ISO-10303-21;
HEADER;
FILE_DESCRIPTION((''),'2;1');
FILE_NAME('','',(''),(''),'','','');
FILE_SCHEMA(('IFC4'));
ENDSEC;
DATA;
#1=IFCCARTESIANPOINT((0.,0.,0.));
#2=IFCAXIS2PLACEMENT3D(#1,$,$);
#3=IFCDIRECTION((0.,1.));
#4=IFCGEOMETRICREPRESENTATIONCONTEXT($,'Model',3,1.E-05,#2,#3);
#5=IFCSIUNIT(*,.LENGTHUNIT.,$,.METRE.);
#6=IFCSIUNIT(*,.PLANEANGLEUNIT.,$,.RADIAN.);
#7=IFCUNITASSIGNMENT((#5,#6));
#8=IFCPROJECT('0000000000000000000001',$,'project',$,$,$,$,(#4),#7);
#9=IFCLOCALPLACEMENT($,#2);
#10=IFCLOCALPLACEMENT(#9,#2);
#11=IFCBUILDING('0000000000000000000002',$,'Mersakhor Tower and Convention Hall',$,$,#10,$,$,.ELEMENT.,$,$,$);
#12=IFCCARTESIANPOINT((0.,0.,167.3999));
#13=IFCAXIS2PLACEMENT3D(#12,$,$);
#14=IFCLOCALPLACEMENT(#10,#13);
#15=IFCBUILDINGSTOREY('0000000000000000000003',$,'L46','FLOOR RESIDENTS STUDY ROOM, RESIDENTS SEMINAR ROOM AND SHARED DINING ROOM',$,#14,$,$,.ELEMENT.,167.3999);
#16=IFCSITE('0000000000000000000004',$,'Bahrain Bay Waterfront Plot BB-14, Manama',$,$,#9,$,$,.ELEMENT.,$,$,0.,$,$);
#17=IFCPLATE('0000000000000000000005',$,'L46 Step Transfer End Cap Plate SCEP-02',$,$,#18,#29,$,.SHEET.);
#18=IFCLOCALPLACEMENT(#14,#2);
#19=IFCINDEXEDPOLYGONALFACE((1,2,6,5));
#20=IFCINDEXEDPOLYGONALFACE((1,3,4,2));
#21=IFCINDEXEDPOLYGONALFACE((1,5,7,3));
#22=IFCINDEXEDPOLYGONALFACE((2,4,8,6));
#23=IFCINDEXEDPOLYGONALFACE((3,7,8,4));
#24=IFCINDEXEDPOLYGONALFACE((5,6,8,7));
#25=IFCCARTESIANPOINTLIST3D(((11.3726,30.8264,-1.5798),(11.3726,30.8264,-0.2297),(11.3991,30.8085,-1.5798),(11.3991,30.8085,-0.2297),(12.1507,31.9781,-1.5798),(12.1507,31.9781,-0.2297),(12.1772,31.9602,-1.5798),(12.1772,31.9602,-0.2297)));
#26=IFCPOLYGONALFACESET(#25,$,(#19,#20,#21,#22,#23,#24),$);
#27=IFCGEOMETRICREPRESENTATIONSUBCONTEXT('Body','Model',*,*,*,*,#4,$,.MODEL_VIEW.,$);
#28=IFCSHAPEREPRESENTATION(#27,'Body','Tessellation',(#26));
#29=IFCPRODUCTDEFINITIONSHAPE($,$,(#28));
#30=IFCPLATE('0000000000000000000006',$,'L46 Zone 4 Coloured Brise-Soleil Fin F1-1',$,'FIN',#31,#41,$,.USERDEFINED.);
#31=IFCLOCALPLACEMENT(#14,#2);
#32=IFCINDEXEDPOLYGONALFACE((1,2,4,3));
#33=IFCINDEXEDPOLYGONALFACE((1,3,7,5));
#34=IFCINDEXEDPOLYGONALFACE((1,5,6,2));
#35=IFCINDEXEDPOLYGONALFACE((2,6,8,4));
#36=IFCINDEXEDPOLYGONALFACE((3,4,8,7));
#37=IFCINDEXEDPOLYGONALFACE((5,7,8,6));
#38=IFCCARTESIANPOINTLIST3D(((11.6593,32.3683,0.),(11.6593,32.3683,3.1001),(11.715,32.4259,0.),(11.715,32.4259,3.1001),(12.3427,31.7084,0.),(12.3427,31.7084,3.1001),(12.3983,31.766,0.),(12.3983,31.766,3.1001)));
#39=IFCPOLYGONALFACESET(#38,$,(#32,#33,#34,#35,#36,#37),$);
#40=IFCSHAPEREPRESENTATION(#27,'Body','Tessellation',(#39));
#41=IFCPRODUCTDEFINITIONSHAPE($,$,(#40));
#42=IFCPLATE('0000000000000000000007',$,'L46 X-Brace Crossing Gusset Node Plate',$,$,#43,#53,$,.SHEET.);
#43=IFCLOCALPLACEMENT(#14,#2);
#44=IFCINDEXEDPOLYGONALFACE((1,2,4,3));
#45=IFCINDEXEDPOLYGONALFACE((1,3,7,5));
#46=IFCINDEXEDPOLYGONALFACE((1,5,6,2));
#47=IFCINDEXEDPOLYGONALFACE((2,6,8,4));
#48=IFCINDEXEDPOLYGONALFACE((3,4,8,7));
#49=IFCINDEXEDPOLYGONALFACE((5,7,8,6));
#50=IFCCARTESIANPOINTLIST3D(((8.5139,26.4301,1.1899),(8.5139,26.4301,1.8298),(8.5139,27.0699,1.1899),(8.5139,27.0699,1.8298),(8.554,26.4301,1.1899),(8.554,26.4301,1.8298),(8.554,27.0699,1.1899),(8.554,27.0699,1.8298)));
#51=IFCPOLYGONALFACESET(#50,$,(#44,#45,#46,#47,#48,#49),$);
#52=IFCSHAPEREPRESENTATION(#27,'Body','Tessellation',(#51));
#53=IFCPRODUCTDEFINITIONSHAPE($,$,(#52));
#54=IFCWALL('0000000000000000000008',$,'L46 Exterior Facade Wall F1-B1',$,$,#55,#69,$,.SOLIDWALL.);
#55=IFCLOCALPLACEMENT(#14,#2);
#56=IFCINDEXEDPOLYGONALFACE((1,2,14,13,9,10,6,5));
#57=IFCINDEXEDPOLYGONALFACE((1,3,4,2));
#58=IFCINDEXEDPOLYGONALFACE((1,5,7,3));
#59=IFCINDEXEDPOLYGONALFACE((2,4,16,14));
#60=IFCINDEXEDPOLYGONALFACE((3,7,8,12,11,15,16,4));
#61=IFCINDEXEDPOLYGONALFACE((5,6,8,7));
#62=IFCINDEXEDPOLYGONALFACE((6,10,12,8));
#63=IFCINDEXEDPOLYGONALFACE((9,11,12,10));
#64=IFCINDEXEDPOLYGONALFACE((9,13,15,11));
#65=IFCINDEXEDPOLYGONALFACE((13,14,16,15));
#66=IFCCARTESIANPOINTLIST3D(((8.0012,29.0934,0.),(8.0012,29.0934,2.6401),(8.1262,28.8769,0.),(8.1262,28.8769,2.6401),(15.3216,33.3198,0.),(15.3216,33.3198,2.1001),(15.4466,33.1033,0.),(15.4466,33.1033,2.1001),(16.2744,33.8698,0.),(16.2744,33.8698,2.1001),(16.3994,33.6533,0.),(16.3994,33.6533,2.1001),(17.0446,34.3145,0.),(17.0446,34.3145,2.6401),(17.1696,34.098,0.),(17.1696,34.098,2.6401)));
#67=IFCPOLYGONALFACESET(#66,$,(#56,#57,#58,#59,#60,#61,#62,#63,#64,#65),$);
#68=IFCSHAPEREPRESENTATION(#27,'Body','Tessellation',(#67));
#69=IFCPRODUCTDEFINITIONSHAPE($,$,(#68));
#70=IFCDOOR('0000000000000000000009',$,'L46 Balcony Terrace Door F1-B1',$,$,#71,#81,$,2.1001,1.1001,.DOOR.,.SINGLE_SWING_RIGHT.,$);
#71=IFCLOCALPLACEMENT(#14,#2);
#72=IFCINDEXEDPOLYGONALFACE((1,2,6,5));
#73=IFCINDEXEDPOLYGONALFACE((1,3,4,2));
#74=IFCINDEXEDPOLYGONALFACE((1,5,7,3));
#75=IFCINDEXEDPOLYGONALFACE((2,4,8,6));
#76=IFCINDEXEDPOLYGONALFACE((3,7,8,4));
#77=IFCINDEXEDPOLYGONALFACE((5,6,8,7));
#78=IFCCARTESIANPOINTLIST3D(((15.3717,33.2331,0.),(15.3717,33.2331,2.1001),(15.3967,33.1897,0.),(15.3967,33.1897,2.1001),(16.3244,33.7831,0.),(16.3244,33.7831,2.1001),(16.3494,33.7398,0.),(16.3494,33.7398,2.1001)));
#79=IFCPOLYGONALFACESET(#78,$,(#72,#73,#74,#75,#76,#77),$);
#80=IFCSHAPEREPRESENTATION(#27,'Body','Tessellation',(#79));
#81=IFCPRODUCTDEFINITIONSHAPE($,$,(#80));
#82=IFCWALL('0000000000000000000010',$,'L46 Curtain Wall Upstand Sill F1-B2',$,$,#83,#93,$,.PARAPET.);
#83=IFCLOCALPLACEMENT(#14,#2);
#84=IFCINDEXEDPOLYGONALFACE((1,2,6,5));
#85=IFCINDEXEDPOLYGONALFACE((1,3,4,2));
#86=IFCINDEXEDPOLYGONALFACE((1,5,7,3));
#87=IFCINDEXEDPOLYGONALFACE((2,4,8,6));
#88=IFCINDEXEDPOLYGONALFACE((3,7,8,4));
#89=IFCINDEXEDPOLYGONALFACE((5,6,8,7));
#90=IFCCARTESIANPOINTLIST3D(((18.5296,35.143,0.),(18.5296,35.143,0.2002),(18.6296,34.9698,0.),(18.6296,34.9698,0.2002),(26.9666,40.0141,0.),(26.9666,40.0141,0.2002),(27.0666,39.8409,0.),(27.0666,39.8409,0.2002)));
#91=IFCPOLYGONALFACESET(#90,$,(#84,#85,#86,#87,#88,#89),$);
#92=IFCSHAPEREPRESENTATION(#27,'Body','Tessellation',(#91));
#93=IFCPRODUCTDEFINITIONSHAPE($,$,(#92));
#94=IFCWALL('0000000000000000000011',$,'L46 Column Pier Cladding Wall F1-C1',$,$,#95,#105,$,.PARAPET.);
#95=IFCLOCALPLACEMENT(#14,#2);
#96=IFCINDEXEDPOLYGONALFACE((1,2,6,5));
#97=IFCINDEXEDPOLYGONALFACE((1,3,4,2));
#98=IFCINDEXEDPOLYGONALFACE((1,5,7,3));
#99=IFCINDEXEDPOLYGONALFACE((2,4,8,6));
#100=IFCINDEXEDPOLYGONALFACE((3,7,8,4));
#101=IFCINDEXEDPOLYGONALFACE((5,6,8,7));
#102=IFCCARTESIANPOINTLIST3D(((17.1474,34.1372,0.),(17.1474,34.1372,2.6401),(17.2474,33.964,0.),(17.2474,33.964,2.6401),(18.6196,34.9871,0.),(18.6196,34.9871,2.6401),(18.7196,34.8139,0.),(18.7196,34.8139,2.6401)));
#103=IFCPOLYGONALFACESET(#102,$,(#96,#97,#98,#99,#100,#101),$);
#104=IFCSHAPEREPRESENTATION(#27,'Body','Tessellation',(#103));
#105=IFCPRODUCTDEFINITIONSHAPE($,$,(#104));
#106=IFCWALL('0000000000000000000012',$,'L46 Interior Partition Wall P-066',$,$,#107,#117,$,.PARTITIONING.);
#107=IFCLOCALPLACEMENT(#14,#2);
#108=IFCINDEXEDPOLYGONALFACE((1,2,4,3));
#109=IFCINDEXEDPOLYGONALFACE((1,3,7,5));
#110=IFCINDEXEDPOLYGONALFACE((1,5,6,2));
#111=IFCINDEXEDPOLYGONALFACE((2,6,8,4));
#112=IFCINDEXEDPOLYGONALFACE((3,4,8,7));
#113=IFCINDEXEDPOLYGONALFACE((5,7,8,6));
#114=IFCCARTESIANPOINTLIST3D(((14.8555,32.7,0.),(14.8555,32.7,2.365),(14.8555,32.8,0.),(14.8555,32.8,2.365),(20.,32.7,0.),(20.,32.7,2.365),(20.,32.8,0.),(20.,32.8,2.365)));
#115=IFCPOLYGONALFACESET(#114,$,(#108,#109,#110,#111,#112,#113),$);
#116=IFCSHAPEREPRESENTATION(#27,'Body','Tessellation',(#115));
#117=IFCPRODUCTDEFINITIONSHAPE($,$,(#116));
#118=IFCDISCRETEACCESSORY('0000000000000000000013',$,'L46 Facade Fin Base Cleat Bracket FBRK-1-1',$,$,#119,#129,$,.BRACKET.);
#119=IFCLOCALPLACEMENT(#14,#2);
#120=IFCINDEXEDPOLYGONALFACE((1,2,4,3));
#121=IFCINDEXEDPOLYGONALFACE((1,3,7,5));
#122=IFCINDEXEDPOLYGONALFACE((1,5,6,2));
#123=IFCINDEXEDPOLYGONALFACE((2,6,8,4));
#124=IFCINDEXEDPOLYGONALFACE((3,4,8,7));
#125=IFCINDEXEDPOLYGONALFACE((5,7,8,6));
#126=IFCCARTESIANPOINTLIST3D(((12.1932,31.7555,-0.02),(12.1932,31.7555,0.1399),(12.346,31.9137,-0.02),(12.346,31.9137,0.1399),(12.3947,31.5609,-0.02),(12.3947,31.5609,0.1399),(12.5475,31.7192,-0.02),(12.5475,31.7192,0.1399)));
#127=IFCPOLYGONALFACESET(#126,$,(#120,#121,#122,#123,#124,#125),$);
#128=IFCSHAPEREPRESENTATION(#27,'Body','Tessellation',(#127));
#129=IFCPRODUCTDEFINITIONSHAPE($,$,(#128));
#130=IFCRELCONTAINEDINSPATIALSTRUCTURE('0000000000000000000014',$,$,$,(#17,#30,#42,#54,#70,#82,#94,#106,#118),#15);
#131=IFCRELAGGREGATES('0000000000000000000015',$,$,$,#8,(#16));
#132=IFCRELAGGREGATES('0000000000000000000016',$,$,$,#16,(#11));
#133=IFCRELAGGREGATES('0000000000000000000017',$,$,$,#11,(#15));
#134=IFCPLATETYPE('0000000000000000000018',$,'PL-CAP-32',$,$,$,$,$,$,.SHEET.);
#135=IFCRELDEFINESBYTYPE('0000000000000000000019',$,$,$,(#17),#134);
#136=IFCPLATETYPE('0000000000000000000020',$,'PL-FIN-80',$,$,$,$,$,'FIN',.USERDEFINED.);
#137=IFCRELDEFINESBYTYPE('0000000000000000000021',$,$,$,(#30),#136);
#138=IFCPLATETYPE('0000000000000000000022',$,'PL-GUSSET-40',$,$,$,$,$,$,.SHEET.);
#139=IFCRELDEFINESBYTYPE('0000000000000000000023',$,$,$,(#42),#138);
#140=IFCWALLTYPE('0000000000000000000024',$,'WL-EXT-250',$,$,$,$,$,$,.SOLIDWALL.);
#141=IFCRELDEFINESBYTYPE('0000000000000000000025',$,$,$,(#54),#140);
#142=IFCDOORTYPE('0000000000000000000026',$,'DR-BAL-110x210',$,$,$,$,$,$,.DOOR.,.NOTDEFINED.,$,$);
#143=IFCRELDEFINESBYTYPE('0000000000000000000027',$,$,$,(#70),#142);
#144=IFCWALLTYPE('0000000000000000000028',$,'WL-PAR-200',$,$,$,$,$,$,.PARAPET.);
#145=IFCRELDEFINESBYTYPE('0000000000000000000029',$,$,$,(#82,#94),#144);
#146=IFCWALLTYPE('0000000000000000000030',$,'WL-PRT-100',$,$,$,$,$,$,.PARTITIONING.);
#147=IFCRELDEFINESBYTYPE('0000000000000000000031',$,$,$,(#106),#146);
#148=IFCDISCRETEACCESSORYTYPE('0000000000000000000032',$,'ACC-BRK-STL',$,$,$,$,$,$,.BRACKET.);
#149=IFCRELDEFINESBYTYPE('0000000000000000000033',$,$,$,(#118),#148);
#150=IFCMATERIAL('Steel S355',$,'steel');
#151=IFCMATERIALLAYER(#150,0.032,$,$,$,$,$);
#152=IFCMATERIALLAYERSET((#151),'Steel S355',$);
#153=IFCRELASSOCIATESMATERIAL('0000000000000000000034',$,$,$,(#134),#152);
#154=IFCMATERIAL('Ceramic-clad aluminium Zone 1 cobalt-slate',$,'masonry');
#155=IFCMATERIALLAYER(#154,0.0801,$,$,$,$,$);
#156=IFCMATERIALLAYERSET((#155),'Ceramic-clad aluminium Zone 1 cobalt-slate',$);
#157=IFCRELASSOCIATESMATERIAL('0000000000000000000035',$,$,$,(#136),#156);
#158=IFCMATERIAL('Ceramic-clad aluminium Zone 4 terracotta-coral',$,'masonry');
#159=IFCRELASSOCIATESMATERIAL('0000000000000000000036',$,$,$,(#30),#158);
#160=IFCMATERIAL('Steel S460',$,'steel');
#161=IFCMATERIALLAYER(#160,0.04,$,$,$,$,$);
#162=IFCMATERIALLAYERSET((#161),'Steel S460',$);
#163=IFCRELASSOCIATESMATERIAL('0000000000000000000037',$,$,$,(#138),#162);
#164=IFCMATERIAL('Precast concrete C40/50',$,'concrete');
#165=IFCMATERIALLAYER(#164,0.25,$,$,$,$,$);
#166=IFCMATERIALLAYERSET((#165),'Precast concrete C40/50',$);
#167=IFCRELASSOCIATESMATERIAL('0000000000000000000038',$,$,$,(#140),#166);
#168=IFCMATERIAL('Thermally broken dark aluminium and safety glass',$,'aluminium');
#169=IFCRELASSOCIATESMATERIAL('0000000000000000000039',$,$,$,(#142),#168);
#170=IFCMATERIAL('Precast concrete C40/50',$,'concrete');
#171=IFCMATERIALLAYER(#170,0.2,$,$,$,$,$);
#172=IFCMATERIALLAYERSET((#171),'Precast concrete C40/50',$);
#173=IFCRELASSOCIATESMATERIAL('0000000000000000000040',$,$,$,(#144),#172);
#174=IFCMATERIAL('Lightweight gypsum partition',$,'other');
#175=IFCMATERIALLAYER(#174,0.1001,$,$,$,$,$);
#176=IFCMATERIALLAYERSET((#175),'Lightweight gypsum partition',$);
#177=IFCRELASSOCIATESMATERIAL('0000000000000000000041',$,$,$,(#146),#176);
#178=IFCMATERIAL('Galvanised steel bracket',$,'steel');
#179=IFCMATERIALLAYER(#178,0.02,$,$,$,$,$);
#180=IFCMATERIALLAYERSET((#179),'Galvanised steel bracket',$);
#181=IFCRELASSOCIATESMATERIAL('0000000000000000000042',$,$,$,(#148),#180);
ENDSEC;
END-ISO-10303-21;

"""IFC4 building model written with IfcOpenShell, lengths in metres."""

from ifc_helpers import new_model, si_unit, direction, frame, frame_2d, origin, origin_2d, place, context, subcontext, project, spatial, rectangle, extrude, material, layer, layer_set, type_object, element, fill, save


model = new_model("IFC4")

# Units and contexts
model_context = context("Model", 3, precision=1e-05, world=origin(), true_north=direction((0.0, 1.0)))
body_context = subcontext(model_context, "Body", "Model", "MODEL_VIEW")
ifc_project = project(units=[si_unit("LENGTHUNIT", "METRE"), si_unit("PLANEANGLEUNIT", "RADIAN")], contexts=[model_context])

# Site, building, storey
site_placement = place(None, origin())
site = spatial("IfcSite", under=ifc_project, at=site_placement, Name="Bahrain Bay Waterfront Plot BB-14, Manama", CompositionType="ELEMENT", RefElevation=0.0)
building_placement = place(site_placement, origin())
building = spatial("IfcBuilding", under=site, at=building_placement, Name="Mersakhor Tower and Convention Hall", CompositionType="ELEMENT")
storey_placement = place(building_placement, frame((0.0, 0.0, 167.3999)))
storey = spatial("IfcBuildingStorey", under=building, at=storey_placement, Name="L46", Description="FLOOR RESIDENTS STUDY ROOM, RESIDENTS SEMINAR ROOM AND SHARED DINING ROOM", CompositionType="ELEMENT", Elevation=167.3999)

# Plates
ifc_material_1 = material(Name="Steel S355", Category="steel")
ifc_layer_1 = layer(ifc_material_1, 0.032)
ifc_layer_set_1 = layer_set([ifc_layer_1], Name="Steel S355")
plate_type_1 = type_object("IfcPlateType", Name="PL-CAP-32", PredefinedType="SHEET", material=ifc_layer_set_1)
plate_1_placement = place(storey_placement, frame((11.7749, 31.3933, -1.5798), z_axis=(0.0, 0.0, 1.0), x_axis=(0.828647, -0.559772, 0.0)))
element("IfcPlate", 1, at=plate_1_placement, inside=storey, type_object=plate_type_1, Name="L46 Step Transfer End Cap Plate SCEP-02", PredefinedType="SHEET", context=body_context, shape_type="SweptSolid", body=[
    extrude(rectangle(XDim=0.032, YDim=1.3899, at=origin_2d()), origin(), (0.0, 0.0, 1.0), 1.3501),
])
ifc_material_2 = material(Name="Ceramic-clad aluminium Zone 4 terracotta-coral", Category="masonry")
ifc_material_3 = material(Name="Ceramic-clad aluminium Zone 1 cobalt-slate", Category="masonry")
ifc_layer_2 = layer(ifc_material_3, 0.0801)
ifc_layer_set_2 = layer_set([ifc_layer_2], Name="Ceramic-clad aluminium Zone 1 cobalt-slate")
plate_type_2 = type_object("IfcPlateType", Name="PL-FIN-80", ElementType="FIN", PredefinedType="USERDEFINED", material=ifc_layer_set_2)
plate_2_placement = place(storey_placement, frame((12.0288, 32.0671, 0.0), z_axis=(0.0, 0.0, 1.0), x_axis=(-0.71934, 0.694658, 0.0)))
element("IfcPlate", 2, at=plate_2_placement, inside=storey, type_object=plate_type_2, material=ifc_material_2, Name="L46 Zone 4 Coloured Brise-Soleil Fin F1-1", ObjectType="FIN", PredefinedType="USERDEFINED", context=body_context, shape_type="SweptSolid", body=[
    extrude(rectangle(XDim=0.95, YDim=0.0801, at=origin_2d()), origin(), (0.0, 0.0, 1.0), 3.1001),
])
ifc_material_4 = material(Name="Steel S460", Category="steel")
ifc_layer_3 = layer(ifc_material_4, 0.04)
ifc_layer_set_3 = layer_set([ifc_layer_3], Name="Steel S460")
plate_type_3 = type_object("IfcPlateType", Name="PL-GUSSET-40", PredefinedType="SHEET", material=ifc_layer_set_3)
plate_3_placement = place(storey_placement, frame((8.5339, 26.75, 1.1899), z_axis=(0.0, 0.0, 1.0), x_axis=(0.0, -1.0, 0.0)))
element("IfcPlate", 3, at=plate_3_placement, inside=storey, type_object=plate_type_3, Name="L46 X-Brace Crossing Gusset Node Plate", PredefinedType="SHEET", context=body_context, shape_type="SweptSolid", body=[
    extrude(rectangle(XDim=0.6399, YDim=0.04, at=origin_2d()), origin(), (0.0, 0.0, 1.0), 0.6399),
])

# Wall, opening, door
ifc_material_5 = material(Name="Precast concrete C40/50", Category="concrete")
ifc_layer_4 = layer(ifc_material_5, 0.25)
ifc_layer_set_4 = layer_set([ifc_layer_4], Name="Precast concrete C40/50")
wall_type_1 = type_object("IfcWallType", Name="WL-EXT-250", PredefinedType="SOLIDWALL", material=ifc_layer_set_4)
wall_1_placement = place(storey_placement, frame((8.0637, 28.9851, 0.0), z_axis=(0.0, 0.0, 1.0), x_axis=(0.866028, 0.499996, 0.0)))
wall_1 = element("IfcWall", 4, at=wall_1_placement, inside=storey, type_object=wall_type_1, Name="L46 Exterior Facade Wall F1-B1", PredefinedType="SOLIDWALL", context=body_context, shape_type="SweptSolid", body=[
    extrude(rectangle(XDim=10.4424, YDim=0.25, at=frame_2d((5.2212, 0.0))), origin(), (0.0, 0.0, 1.0), 2.6401),
])
opening_placement = place(wall_1_placement, frame((8.4529, 0.0, 0.0)))
opening = element("IfcOpeningElement", 5, at=opening_placement, cuts=wall_1, PredefinedType="OPENING", context=body_context, shape_type="SweptSolid", body=[
    extrude(rectangle(XDim=1.1001, YDim=2.1001, at=frame_2d((0.55, 1.05))), frame((0.0, 0.135, 0.0), z_axis=(0.0, -1.0, 0.0), x_axis=(1.0, 0.0, 0.0)), (0.0, 0.0, 1.0), 0.27),
])
ifc_material_6 = material(Name="Thermally broken dark aluminium and safety glass", Category="aluminium")
door_type = type_object("IfcDoorType", Name="DR-BAL-110x210", OperationType="NOTDEFINED", PredefinedType="DOOR", material=ifc_material_6)
door_placement = place(opening_placement, origin())
door = element("IfcDoor", 6, at=door_placement, inside=storey, type_object=door_type, Name="L46 Balcony Terrace Door F1-B1", OperationType="SINGLE_SWING_RIGHT", OverallHeight=2.1001, OverallWidth=1.1001, PredefinedType="DOOR", context=body_context, shape_type="SweptSolid", body=[
    extrude(rectangle(XDim=1.1001, YDim=2.1001, at=frame_2d((0.55, 1.05))), frame((0.0, 0.0249, 0.0), z_axis=(0.0, -1.0, 0.0), x_axis=(1.0, 0.0, 0.0)), (0.0, 0.0, 1.0), 0.05),
])
fill(opening, door)

# Walls
ifc_material_7 = material(Name="Precast concrete C40/50", Category="concrete")
ifc_layer_5 = layer(ifc_material_7, 0.2)
ifc_layer_set_5 = layer_set([ifc_layer_5], Name="Precast concrete C40/50")
wall_type_2 = type_object("IfcWallType", Name="WL-PAR-200", PredefinedType="PARAPET", material=ifc_layer_set_5)
wall_2_placement = place(storey_placement, frame((18.5796, 35.0564, 0.0), z_axis=(0.0, 0.0, 1.0), x_axis=(0.866026, 0.499999, 0.0)))
element("IfcWall", 7, at=wall_2_placement, inside=storey, type_object=wall_type_2, Name="L46 Curtain Wall Upstand Sill F1-B2", PredefinedType="PARAPET", context=body_context, shape_type="SweptSolid", body=[
    extrude(rectangle(XDim=9.7422, YDim=0.2, at=frame_2d((4.8711, 0.0))), origin(), (0.0, 0.0, 1.0), 0.2002),
])
wall_3_placement = place(storey_placement, frame((17.1973, 34.0505, 0.0), z_axis=(0.0, 0.0, 1.0), x_axis=(0.866052, 0.499955, 0.0)))
element("IfcWall", 8, at=wall_3_placement, inside=storey, type_object=wall_type_2, Name="L46 Column Pier Cladding Wall F1-C1", PredefinedType="PARAPET", context=body_context, shape_type="SweptSolid", body=[
    extrude(rectangle(XDim=1.7, YDim=0.2, at=frame_2d((0.8501, 0.0))), origin(), (0.0, 0.0, 1.0), 2.6401),
])
ifc_material_8 = material(Name="Lightweight gypsum partition", Category="other")
ifc_layer_6 = layer(ifc_material_8, 0.1001)
ifc_layer_set_6 = layer_set([ifc_layer_6], Name="Lightweight gypsum partition")
wall_type_3 = type_object("IfcWallType", Name="WL-PRT-100", PredefinedType="PARTITIONING", material=ifc_layer_set_6)
wall_4_placement = place(storey_placement, frame((14.8555, 32.75, 0.0), z_axis=(0.0, 0.0, 1.0), x_axis=(1.0, 0.0, 0.0)))
element("IfcWall", 9, at=wall_4_placement, inside=storey, type_object=wall_type_3, Name="L46 Interior Partition Wall P-066", PredefinedType="PARTITIONING", context=body_context, shape_type="SweptSolid", body=[
    extrude(rectangle(XDim=5.1445, YDim=0.1001, at=frame_2d((2.5723, 0.0))), origin(), (0.0, 0.0, 1.0), 2.365),
])

# Discrete accessory
ifc_material_9 = material(Name="Galvanised steel bracket", Category="steel")
ifc_layer_7 = layer(ifc_material_9, 0.02)
ifc_layer_set_7 = layer_set([ifc_layer_7], Name="Galvanised steel bracket")
discrete_accessory_type = type_object("IfcDiscreteAccessoryType", Name="ACC-BRK-STL", PredefinedType="BRACKET", material=ifc_layer_set_7)
discrete_accessory_placement = place(storey_placement, frame((12.3704, 31.7373, -0.02), z_axis=(0.0, 0.0, 1.0), x_axis=(-0.71934, 0.694658, 0.0)))
element("IfcDiscreteAccessory", 10, at=discrete_accessory_placement, inside=storey, type_object=discrete_accessory_type, Name="L46 Facade Fin Base Cleat Bracket FBRK-1-1", PredefinedType="BRACKET", context=body_context, shape_type="SweptSolid", body=[
    extrude(rectangle(XDim=0.28, YDim=0.22, at=origin_2d()), origin(), (0.0, 0.0, 1.0), 0.1599),
])

save(model, "model.ifc")
